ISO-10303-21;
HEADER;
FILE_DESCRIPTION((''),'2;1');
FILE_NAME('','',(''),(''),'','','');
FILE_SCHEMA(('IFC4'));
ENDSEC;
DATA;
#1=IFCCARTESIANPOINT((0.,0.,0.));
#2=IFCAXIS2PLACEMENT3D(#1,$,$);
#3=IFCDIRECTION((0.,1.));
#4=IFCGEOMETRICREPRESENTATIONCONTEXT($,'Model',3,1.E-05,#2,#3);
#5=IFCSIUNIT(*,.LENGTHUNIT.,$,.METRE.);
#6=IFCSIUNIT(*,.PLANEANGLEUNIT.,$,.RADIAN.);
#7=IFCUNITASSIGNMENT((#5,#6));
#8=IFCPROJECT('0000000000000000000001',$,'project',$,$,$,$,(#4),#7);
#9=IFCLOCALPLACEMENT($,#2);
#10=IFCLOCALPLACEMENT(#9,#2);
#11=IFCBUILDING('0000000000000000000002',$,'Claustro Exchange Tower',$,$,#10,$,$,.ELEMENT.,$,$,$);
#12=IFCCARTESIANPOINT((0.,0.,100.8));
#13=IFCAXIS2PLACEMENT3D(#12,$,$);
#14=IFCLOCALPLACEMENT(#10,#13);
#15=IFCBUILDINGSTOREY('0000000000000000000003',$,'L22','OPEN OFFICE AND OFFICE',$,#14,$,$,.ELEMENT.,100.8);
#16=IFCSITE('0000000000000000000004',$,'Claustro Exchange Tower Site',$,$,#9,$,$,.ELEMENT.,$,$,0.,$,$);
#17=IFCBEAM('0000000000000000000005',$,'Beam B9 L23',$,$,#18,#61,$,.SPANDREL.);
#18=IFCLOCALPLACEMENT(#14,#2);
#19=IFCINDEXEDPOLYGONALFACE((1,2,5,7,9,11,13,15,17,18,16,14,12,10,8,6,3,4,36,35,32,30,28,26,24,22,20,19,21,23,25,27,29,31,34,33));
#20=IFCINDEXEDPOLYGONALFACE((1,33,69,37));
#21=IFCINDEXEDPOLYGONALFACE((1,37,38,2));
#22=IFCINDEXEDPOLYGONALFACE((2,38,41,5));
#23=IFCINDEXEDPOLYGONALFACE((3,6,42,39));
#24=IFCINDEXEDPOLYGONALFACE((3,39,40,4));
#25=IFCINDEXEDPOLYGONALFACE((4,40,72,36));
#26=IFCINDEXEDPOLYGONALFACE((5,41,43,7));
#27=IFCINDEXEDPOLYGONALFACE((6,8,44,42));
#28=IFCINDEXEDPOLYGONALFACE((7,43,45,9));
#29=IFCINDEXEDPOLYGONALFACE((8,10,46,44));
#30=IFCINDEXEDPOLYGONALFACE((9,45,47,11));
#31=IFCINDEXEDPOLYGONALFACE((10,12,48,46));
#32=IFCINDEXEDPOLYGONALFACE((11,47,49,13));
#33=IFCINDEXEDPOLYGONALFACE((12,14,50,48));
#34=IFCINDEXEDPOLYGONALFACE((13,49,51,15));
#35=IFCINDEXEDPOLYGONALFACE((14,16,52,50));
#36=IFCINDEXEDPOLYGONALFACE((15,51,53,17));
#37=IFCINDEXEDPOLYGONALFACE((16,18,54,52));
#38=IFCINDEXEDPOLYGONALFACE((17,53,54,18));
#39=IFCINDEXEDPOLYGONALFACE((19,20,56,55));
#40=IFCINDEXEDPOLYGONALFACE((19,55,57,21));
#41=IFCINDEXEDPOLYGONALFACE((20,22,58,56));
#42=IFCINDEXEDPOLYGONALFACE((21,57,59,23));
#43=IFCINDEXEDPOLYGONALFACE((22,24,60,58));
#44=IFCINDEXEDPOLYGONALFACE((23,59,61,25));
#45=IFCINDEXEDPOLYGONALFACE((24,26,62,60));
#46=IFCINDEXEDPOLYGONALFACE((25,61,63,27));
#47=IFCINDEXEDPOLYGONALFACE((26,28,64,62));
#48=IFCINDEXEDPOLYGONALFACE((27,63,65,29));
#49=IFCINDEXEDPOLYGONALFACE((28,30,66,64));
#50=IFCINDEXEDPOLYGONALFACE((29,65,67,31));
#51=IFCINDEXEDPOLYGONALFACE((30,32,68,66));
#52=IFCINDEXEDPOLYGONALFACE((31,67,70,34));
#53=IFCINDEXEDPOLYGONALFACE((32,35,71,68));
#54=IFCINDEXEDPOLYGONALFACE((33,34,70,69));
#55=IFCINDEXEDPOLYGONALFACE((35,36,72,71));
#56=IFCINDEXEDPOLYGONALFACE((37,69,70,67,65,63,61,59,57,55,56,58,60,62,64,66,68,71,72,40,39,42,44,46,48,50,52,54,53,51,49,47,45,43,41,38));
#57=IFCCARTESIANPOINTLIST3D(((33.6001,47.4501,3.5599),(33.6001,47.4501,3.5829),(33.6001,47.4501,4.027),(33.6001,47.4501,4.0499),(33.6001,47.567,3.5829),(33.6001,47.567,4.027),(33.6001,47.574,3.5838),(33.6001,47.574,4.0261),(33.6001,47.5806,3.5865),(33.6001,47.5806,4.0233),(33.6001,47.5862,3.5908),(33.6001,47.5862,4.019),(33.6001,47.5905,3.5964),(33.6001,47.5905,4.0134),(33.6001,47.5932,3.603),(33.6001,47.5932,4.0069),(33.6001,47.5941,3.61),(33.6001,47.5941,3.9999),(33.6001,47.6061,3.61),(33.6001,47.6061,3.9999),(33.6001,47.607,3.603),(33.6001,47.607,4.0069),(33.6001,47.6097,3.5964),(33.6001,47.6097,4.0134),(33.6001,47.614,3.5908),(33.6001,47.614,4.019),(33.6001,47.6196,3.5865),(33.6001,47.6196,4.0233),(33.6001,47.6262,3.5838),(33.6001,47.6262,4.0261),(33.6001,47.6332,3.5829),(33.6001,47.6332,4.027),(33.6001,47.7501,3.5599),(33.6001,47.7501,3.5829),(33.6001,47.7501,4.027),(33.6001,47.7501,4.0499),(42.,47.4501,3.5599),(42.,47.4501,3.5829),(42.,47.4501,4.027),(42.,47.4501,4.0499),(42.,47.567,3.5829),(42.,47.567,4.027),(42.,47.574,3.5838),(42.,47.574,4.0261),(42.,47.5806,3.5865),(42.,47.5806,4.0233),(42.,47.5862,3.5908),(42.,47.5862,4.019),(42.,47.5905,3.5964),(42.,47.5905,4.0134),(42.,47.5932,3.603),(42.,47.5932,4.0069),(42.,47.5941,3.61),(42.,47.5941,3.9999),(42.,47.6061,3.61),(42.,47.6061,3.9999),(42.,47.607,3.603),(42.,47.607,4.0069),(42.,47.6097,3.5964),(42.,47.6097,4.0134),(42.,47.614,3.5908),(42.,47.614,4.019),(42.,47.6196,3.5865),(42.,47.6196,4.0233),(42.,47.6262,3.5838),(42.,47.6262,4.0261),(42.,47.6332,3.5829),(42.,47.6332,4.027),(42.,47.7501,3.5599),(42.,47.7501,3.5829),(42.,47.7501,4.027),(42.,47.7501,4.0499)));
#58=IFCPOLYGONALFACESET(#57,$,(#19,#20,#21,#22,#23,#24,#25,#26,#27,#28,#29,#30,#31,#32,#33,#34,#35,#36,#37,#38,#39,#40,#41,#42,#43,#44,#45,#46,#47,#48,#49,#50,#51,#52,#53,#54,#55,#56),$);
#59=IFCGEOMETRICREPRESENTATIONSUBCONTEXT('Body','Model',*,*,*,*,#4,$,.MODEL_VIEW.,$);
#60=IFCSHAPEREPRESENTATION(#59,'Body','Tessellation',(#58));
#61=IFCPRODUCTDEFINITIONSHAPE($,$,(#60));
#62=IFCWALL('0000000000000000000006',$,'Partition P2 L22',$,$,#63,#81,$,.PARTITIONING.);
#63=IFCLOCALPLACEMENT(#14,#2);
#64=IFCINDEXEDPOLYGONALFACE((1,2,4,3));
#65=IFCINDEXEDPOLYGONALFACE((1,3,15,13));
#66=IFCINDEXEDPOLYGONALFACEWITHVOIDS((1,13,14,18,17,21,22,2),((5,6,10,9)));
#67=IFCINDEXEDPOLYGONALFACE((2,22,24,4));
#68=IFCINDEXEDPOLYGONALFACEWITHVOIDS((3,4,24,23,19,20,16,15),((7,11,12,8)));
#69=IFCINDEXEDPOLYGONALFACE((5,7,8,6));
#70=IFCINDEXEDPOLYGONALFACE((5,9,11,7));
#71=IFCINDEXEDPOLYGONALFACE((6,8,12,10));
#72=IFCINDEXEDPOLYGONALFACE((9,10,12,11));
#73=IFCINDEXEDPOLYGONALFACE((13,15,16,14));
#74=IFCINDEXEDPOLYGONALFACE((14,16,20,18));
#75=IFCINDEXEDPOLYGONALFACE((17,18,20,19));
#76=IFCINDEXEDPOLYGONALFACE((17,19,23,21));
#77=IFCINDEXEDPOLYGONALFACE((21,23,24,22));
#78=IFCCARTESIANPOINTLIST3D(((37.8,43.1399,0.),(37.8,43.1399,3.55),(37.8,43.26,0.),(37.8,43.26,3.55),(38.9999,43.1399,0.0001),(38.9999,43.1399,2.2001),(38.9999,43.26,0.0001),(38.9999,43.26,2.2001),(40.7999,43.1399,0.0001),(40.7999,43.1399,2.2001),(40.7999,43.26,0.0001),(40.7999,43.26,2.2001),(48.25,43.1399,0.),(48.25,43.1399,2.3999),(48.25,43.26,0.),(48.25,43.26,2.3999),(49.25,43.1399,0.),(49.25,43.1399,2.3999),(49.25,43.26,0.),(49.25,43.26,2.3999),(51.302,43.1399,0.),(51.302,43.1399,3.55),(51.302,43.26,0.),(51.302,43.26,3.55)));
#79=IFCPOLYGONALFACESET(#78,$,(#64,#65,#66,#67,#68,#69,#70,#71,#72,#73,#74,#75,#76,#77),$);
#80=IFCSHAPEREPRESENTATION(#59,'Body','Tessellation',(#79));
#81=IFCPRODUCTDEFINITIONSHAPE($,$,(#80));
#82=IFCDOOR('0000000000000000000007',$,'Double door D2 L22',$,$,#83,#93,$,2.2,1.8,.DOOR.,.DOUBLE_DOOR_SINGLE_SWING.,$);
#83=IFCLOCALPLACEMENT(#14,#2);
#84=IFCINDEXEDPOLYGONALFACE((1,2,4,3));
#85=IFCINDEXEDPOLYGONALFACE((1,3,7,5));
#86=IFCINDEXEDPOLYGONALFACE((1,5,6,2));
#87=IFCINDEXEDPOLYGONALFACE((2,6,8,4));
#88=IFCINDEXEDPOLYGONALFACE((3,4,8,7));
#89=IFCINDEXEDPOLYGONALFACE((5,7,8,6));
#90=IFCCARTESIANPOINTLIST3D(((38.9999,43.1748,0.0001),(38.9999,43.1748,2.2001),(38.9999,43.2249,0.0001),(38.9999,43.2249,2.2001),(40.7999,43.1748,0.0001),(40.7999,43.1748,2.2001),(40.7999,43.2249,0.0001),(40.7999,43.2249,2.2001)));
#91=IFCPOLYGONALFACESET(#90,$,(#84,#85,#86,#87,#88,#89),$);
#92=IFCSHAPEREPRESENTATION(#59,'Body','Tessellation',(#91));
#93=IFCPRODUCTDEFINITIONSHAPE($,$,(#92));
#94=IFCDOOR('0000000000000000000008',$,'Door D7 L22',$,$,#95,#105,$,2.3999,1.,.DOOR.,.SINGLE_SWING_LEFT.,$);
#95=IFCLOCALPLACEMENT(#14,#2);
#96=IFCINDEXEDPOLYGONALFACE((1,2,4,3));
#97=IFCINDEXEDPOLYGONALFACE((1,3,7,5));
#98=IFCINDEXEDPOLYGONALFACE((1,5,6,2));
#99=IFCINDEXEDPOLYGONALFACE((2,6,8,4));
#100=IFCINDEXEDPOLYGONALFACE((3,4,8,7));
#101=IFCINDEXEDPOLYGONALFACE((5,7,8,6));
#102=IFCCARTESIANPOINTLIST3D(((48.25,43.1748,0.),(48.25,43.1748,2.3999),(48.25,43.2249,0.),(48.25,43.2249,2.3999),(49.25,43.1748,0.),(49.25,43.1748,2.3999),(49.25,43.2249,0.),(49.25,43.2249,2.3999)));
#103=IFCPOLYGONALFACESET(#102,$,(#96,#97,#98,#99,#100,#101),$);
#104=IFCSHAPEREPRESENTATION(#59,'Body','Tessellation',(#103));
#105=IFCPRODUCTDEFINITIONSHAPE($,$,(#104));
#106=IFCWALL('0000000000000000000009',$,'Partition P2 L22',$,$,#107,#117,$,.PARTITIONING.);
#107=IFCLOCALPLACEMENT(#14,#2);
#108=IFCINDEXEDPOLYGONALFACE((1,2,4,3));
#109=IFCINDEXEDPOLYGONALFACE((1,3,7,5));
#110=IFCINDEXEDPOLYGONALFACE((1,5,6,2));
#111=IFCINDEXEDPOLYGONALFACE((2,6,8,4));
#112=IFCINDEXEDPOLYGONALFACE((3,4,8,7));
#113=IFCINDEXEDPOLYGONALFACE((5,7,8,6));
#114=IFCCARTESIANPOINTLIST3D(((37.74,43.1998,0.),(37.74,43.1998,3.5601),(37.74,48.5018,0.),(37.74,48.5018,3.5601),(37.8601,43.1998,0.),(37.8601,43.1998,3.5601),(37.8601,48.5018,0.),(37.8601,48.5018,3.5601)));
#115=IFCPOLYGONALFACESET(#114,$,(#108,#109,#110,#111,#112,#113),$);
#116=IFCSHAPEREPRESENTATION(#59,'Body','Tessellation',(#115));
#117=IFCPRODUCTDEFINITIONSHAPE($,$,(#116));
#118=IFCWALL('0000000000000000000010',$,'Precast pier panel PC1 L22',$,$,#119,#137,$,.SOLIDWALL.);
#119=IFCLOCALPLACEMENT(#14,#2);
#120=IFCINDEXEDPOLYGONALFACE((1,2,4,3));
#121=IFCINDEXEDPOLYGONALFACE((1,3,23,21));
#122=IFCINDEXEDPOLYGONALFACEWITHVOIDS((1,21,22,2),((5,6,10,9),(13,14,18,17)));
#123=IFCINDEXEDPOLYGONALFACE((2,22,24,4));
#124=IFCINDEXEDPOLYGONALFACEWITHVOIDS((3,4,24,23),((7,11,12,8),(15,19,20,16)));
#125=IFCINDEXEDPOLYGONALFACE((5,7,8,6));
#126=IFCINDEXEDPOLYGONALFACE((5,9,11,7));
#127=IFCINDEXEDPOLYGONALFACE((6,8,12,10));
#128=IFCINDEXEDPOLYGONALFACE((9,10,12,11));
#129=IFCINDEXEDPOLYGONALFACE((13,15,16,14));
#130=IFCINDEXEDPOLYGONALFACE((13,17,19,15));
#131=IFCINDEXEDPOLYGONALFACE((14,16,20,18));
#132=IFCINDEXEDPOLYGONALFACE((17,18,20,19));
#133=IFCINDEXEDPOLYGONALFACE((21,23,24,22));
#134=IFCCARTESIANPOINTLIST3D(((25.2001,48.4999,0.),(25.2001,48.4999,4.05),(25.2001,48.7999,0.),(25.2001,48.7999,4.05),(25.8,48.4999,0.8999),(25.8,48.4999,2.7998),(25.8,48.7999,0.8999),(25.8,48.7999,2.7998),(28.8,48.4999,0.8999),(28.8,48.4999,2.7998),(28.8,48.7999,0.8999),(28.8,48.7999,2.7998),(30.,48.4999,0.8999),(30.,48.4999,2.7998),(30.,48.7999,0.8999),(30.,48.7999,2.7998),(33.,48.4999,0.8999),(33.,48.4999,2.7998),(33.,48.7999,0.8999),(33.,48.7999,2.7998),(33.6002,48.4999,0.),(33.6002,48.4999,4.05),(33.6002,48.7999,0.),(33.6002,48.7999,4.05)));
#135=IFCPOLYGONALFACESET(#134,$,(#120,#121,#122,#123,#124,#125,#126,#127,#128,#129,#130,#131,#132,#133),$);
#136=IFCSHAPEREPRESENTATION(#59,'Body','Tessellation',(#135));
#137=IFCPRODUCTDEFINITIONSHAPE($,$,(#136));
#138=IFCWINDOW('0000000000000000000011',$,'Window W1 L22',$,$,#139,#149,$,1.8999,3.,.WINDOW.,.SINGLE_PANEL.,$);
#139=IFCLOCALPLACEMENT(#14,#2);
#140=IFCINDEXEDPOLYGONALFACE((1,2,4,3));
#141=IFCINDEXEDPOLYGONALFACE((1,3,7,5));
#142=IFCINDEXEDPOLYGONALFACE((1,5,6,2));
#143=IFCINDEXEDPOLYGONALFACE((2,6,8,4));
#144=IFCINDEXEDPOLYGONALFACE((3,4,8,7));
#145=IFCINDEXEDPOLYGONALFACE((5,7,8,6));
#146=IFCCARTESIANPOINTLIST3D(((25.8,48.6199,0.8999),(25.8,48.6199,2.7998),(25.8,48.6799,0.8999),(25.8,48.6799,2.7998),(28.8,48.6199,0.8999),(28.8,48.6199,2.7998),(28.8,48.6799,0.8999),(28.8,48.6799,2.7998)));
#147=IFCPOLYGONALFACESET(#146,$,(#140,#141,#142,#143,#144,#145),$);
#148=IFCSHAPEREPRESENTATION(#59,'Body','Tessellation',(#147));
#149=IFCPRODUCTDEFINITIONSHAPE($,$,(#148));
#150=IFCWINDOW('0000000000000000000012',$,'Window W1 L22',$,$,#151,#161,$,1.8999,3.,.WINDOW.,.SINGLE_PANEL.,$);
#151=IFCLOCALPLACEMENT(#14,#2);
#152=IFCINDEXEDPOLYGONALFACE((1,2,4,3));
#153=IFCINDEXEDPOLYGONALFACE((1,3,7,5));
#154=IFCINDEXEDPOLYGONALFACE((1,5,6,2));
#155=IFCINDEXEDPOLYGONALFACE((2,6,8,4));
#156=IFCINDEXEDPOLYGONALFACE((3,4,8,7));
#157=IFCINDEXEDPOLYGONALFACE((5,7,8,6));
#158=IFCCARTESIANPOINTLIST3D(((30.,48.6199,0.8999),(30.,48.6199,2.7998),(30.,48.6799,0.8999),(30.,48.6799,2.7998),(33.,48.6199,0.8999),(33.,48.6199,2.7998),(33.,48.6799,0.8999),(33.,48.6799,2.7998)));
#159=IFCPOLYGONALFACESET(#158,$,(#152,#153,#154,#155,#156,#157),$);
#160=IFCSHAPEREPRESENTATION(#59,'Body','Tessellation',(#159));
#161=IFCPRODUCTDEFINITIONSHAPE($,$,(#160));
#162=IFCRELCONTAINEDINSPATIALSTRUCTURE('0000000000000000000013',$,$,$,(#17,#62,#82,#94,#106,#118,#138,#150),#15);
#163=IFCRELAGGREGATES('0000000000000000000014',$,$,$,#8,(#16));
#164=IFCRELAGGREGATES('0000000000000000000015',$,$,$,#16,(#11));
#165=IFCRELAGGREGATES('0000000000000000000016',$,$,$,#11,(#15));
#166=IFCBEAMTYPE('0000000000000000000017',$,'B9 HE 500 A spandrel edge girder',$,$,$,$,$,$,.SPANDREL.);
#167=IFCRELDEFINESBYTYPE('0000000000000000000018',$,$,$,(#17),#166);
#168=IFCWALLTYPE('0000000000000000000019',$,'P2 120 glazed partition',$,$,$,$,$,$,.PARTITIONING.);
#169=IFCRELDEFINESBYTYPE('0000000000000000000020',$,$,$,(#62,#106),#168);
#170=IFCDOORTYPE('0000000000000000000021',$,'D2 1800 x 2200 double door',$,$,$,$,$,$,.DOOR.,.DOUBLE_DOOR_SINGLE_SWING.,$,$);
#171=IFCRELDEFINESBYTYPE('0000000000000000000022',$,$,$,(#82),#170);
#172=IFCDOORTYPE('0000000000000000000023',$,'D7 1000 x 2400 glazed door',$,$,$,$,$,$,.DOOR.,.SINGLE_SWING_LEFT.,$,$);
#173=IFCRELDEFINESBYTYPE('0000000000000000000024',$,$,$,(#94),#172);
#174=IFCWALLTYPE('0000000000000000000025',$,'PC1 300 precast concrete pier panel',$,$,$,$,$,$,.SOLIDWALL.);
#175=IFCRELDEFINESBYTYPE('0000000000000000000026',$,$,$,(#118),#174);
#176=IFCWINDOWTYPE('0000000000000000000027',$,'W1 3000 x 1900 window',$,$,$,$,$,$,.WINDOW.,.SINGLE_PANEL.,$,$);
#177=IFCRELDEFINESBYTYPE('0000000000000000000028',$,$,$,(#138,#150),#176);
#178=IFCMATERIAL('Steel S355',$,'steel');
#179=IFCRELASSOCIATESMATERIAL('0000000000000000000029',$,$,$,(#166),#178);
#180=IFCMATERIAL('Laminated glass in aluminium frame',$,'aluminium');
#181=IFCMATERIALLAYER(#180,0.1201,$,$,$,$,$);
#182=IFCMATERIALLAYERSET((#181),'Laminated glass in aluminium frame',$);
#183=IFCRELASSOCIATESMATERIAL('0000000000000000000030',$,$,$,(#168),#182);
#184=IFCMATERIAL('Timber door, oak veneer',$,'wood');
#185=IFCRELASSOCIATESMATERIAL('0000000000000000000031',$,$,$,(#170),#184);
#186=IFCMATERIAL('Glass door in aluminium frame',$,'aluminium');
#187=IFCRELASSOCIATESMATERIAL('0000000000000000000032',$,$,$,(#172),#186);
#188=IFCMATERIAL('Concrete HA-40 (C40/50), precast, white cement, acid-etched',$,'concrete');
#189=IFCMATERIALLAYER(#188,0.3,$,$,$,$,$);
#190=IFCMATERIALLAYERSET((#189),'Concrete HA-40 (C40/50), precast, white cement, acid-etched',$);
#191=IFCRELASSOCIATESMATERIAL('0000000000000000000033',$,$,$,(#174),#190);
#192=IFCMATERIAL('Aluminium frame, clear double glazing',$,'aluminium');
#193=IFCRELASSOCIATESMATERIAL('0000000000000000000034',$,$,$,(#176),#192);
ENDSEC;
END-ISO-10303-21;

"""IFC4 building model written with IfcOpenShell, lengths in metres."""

from ifc_helpers import new_model, si_unit, direction, frame, frame_2d, origin, origin_2d, place, context, subcontext, project, spatial, rectangle, i_section, extrude, material, layer, layer_set, material_profile, profile_set, type_object, element, fill, save


model = new_model("IFC4")

# Units and contexts
model_context = context("Model", 3, precision=1e-05, world=origin(), true_north=direction((0.0, 1.0)))
body_context = subcontext(model_context, "Body", "Model", "MODEL_VIEW")
ifc_project = project(units=[si_unit("LENGTHUNIT", "METRE"), si_unit("PLANEANGLEUNIT", "RADIAN")], contexts=[model_context])

# Site, building, storey
site_placement = place(None, origin())
site = spatial("IfcSite", under=ifc_project, at=site_placement, Name="Claustro Exchange Tower Site", CompositionType="ELEMENT", RefElevation=0.0)
building_placement = place(site_placement, origin())
building = spatial("IfcBuilding", under=site, at=building_placement, Name="Claustro Exchange Tower", CompositionType="ELEMENT")
storey_placement = place(building_placement, frame((0.0, 0.0, 100.8)))
storey = spatial("IfcBuildingStorey", under=building, at=storey_placement, Name="L22", Description="OPEN OFFICE AND OFFICE", CompositionType="ELEMENT", Elevation=100.8)

# Beam
ifc_material_1 = material(Name="Steel S355", Category="steel")
ifc_material_profile_1 = material_profile(ifc_material_1, i_section(OverallWidth=0.3, OverallDepth=0.49, WebThickness=0.012, FlangeThickness=0.0229, FilletRadius=0.0271, at=origin_2d()), Name="HE 500 A")
ifc_profile_set_1 = profile_set([ifc_material_profile_1], Name="Steel S355")
beam_type_1 = type_object("IfcBeamType", Name="B9 HE 500 A spandrel edge girder", PredefinedType="SPANDREL", material=ifc_profile_set_1)
beam_1_placement = place(storey_placement, frame((33.6001, 47.6001, 3.8049), z_axis=(1.0, 0.0, 0.0), x_axis=(0.0, 1.0, 0.0)))
element("IfcBeam", 1, at=beam_1_placement, inside=storey, type_object=beam_type_1, Name="Beam B9 L23", PredefinedType="SPANDREL", context=body_context, shape_type="SweptSolid", body=[
    extrude(i_section(OverallWidth=0.3, OverallDepth=0.49, WebThickness=0.012, FlangeThickness=0.0229, FilletRadius=0.0271, at=origin_2d()), origin(), (0.0, 0.0, 1.0), 8.3999),
])

# Wall, openings, doors
ifc_material_2 = material(Name="Laminated glass in aluminium frame", Category="aluminium")
ifc_layer_1 = layer(ifc_material_2, 0.1201)
ifc_layer_set_1 = layer_set([ifc_layer_1], Name="Laminated glass in aluminium frame")
wall_type_1 = type_object("IfcWallType", Name="P2 120 glazed partition", PredefinedType="PARTITIONING", material=ifc_layer_set_1)
wall_1_placement = place(storey_placement, frame((37.8, 43.2, 0.0), z_axis=(0.0, 0.0, 1.0), x_axis=(1.0, 0.0, 0.0)))
wall_1 = element("IfcWall", 2, at=wall_1_placement, inside=storey, type_object=wall_type_1, Name="Partition P2 L22", PredefinedType="PARTITIONING", context=body_context, shape_type="SweptSolid", body=[
    extrude(rectangle(XDim=13.502, YDim=0.1201, at=frame_2d((6.751, 0.0))), origin(), (0.0, 0.0, 1.0), 3.55),
])
opening_1_placement = place(wall_1_placement, frame((1.2, 0.0, 0.0)))
opening_1 = element("IfcOpeningElement", 3, at=opening_1_placement, cuts=wall_1, PredefinedType="OPENING", context=body_context, shape_type="SweptSolid", body=[
    extrude(rectangle(XDim=1.8, YDim=2.2, at=frame_2d((0.8999, 1.1001))), frame((0.0, 0.0701, 0.0), z_axis=(0.0, -1.0, 0.0), x_axis=(1.0, 0.0, 0.0)), (0.0, 0.0, 1.0), 0.1401),
])
opening_2_placement = place(wall_1_placement, frame((10.45, 0.0, 0.0)))
opening_2 = element("IfcOpeningElement", 4, at=opening_2_placement, cuts=wall_1, PredefinedType="OPENING", context=body_context, shape_type="SweptSolid", body=[
    extrude(rectangle(XDim=1.0, YDim=2.3999, at=frame_2d((0.5, 1.2))), frame((0.0, 0.0701, 0.0), z_axis=(0.0, -1.0, 0.0), x_axis=(1.0, 0.0, 0.0)), (0.0, 0.0, 1.0), 0.1401),
])
ifc_material_3 = material(Name="Timber door, oak veneer", Category="wood")
door_type_1 = type_object("IfcDoorType", Name="D2 1800 x 2200 double door", OperationType="DOUBLE_DOOR_SINGLE_SWING", PredefinedType="DOOR", material=ifc_material_3)
door_1_placement = place(opening_1_placement, origin())
door_1 = element("IfcDoor", 5, at=door_1_placement, inside=storey, type_object=door_type_1, Name="Double door D2 L22", OperationType="DOUBLE_DOOR_SINGLE_SWING", OverallHeight=2.2, OverallWidth=1.8, PredefinedType="DOOR", context=body_context, shape_type="SweptSolid", body=[
    extrude(rectangle(XDim=1.8, YDim=2.2, at=frame_2d((0.8999, 1.1001))), frame((0.0, 0.0249, 0.0), z_axis=(0.0, -1.0, 0.0), x_axis=(1.0, 0.0, 0.0)), (0.0, 0.0, 1.0), 0.05),
])
fill(opening_1, door_1)
ifc_material_4 = material(Name="Glass door in aluminium frame", Category="aluminium")
door_type_2 = type_object("IfcDoorType", Name="D7 1000 x 2400 glazed door", OperationType="SINGLE_SWING_LEFT", PredefinedType="DOOR", material=ifc_material_4)
door_2_placement = place(opening_2_placement, origin())
door_2 = element("IfcDoor", 6, at=door_2_placement, inside=storey, type_object=door_type_2, Name="Door D7 L22", OperationType="SINGLE_SWING_LEFT", OverallHeight=2.3999, OverallWidth=1.0, PredefinedType="DOOR", context=body_context, shape_type="SweptSolid", body=[
    extrude(rectangle(XDim=1.0, YDim=2.3999, at=frame_2d((0.5, 1.2))), frame((0.0, 0.0249, 0.0), z_axis=(0.0, -1.0, 0.0), x_axis=(1.0, 0.0, 0.0)), (0.0, 0.0, 1.0), 0.05),
])
fill(opening_2, door_2)

# Wall
wall_2_placement = place(storey_placement, frame((37.8, 43.2, 0.0), z_axis=(0.0, 0.0, 1.0), x_axis=(0.0, 1.0, 0.0)))
element("IfcWall", 7, at=wall_2_placement, inside=storey, type_object=wall_type_1, Name="Partition P2 L22", PredefinedType="PARTITIONING", context=body_context, shape_type="SweptSolid", body=[
    extrude(rectangle(XDim=5.302, YDim=0.1201, at=frame_2d((2.6509, 0.0))), origin(), (0.0, 0.0, 1.0), 3.5601),
])

# Wall, openings, windows
ifc_material_5 = material(Name="Concrete HA-40 (C40/50), precast, white cement, acid-etched", Category="concrete")
ifc_layer_2 = layer(ifc_material_5, 0.3)
ifc_layer_set_2 = layer_set([ifc_layer_2], Name="Concrete HA-40 (C40/50), precast, white cement, acid-etched")
wall_type_2 = type_object("IfcWallType", Name="PC1 300 precast concrete pier panel", PredefinedType="SOLIDWALL", material=ifc_layer_set_2)
wall_3_placement = place(storey_placement, frame((25.2, 48.6499, 0.0), z_axis=(0.0, 0.0, 1.0), x_axis=(1.0, 0.0, 0.0)))
wall_3 = element("IfcWall", 8, at=wall_3_placement, inside=storey, type_object=wall_type_2, Name="Precast pier panel PC1 L22", PredefinedType="SOLIDWALL", context=body_context, shape_type="SweptSolid", body=[
    extrude(rectangle(XDim=8.4001, YDim=0.3, at=frame_2d((4.2002, 0.0))), origin(), (0.0, 0.0, 1.0), 4.05),
])
opening_3_placement = place(wall_3_placement, frame((0.6001, 0.0, 0.8999)))
opening_3 = element("IfcOpeningElement", 9, at=opening_3_placement, cuts=wall_3, PredefinedType="OPENING", context=body_context, shape_type="SweptSolid", body=[
    extrude(rectangle(XDim=3.0, YDim=1.8999, at=frame_2d((1.5, 0.95))), frame((0.0, 0.1599, 0.0), z_axis=(0.0, -1.0, 0.0), x_axis=(1.0, 0.0, 0.0)), (0.0, 0.0, 1.0), 0.3201),
])
opening_4_placement = place(wall_3_placement, frame((4.8, 0.0, 0.8999)))
opening_4 = element("IfcOpeningElement", 10, at=opening_4_placement, cuts=wall_3, PredefinedType="OPENING", context=body_context, shape_type="SweptSolid", body=[
    extrude(rectangle(XDim=3.0, YDim=1.8999, at=frame_2d((1.5, 0.95))), frame((0.0, 0.1599, 0.0), z_axis=(0.0, -1.0, 0.0), x_axis=(1.0, 0.0, 0.0)), (0.0, 0.0, 1.0), 0.3201),
])
ifc_material_6 = material(Name="Aluminium frame, clear double glazing", Category="aluminium")
window_type = type_object("IfcWindowType", Name="W1 3000 x 1900 window", PartitioningType="SINGLE_PANEL", PredefinedType="WINDOW", material=ifc_material_6)
window_1_placement = place(opening_3_placement, origin())
window_1 = element("IfcWindow", 11, at=window_1_placement, inside=storey, type_object=window_type, Name="Window W1 L22", OverallHeight=1.8999, OverallWidth=3.0, PartitioningType="SINGLE_PANEL", PredefinedType="WINDOW", context=body_context, shape_type="SweptSolid", body=[
    extrude(rectangle(XDim=3.0, YDim=1.8999, at=frame_2d((1.5, 0.95))), frame((0.0, 0.03, 0.0), z_axis=(0.0, -1.0, 0.0), x_axis=(1.0, 0.0, 0.0)), (0.0, 0.0, 1.0), 0.0601),
])
fill(opening_3, window_1)
window_2_placement = place(opening_4_placement, origin())
window_2 = element("IfcWindow", 12, at=window_2_placement, inside=storey, type_object=window_type, Name="Window W1 L22", OverallHeight=1.8999, OverallWidth=3.0, PartitioningType="SINGLE_PANEL", PredefinedType="WINDOW", context=body_context, shape_type="SweptSolid", body=[
    extrude(rectangle(XDim=3.0, YDim=1.8999, at=frame_2d((1.5, 0.95))), frame((0.0, 0.03, 0.0), z_axis=(0.0, -1.0, 0.0), x_axis=(1.0, 0.0, 0.0)), (0.0, 0.0, 1.0), 0.0601),
])
fill(opening_4, window_2)

save(model, "model.ifc")
